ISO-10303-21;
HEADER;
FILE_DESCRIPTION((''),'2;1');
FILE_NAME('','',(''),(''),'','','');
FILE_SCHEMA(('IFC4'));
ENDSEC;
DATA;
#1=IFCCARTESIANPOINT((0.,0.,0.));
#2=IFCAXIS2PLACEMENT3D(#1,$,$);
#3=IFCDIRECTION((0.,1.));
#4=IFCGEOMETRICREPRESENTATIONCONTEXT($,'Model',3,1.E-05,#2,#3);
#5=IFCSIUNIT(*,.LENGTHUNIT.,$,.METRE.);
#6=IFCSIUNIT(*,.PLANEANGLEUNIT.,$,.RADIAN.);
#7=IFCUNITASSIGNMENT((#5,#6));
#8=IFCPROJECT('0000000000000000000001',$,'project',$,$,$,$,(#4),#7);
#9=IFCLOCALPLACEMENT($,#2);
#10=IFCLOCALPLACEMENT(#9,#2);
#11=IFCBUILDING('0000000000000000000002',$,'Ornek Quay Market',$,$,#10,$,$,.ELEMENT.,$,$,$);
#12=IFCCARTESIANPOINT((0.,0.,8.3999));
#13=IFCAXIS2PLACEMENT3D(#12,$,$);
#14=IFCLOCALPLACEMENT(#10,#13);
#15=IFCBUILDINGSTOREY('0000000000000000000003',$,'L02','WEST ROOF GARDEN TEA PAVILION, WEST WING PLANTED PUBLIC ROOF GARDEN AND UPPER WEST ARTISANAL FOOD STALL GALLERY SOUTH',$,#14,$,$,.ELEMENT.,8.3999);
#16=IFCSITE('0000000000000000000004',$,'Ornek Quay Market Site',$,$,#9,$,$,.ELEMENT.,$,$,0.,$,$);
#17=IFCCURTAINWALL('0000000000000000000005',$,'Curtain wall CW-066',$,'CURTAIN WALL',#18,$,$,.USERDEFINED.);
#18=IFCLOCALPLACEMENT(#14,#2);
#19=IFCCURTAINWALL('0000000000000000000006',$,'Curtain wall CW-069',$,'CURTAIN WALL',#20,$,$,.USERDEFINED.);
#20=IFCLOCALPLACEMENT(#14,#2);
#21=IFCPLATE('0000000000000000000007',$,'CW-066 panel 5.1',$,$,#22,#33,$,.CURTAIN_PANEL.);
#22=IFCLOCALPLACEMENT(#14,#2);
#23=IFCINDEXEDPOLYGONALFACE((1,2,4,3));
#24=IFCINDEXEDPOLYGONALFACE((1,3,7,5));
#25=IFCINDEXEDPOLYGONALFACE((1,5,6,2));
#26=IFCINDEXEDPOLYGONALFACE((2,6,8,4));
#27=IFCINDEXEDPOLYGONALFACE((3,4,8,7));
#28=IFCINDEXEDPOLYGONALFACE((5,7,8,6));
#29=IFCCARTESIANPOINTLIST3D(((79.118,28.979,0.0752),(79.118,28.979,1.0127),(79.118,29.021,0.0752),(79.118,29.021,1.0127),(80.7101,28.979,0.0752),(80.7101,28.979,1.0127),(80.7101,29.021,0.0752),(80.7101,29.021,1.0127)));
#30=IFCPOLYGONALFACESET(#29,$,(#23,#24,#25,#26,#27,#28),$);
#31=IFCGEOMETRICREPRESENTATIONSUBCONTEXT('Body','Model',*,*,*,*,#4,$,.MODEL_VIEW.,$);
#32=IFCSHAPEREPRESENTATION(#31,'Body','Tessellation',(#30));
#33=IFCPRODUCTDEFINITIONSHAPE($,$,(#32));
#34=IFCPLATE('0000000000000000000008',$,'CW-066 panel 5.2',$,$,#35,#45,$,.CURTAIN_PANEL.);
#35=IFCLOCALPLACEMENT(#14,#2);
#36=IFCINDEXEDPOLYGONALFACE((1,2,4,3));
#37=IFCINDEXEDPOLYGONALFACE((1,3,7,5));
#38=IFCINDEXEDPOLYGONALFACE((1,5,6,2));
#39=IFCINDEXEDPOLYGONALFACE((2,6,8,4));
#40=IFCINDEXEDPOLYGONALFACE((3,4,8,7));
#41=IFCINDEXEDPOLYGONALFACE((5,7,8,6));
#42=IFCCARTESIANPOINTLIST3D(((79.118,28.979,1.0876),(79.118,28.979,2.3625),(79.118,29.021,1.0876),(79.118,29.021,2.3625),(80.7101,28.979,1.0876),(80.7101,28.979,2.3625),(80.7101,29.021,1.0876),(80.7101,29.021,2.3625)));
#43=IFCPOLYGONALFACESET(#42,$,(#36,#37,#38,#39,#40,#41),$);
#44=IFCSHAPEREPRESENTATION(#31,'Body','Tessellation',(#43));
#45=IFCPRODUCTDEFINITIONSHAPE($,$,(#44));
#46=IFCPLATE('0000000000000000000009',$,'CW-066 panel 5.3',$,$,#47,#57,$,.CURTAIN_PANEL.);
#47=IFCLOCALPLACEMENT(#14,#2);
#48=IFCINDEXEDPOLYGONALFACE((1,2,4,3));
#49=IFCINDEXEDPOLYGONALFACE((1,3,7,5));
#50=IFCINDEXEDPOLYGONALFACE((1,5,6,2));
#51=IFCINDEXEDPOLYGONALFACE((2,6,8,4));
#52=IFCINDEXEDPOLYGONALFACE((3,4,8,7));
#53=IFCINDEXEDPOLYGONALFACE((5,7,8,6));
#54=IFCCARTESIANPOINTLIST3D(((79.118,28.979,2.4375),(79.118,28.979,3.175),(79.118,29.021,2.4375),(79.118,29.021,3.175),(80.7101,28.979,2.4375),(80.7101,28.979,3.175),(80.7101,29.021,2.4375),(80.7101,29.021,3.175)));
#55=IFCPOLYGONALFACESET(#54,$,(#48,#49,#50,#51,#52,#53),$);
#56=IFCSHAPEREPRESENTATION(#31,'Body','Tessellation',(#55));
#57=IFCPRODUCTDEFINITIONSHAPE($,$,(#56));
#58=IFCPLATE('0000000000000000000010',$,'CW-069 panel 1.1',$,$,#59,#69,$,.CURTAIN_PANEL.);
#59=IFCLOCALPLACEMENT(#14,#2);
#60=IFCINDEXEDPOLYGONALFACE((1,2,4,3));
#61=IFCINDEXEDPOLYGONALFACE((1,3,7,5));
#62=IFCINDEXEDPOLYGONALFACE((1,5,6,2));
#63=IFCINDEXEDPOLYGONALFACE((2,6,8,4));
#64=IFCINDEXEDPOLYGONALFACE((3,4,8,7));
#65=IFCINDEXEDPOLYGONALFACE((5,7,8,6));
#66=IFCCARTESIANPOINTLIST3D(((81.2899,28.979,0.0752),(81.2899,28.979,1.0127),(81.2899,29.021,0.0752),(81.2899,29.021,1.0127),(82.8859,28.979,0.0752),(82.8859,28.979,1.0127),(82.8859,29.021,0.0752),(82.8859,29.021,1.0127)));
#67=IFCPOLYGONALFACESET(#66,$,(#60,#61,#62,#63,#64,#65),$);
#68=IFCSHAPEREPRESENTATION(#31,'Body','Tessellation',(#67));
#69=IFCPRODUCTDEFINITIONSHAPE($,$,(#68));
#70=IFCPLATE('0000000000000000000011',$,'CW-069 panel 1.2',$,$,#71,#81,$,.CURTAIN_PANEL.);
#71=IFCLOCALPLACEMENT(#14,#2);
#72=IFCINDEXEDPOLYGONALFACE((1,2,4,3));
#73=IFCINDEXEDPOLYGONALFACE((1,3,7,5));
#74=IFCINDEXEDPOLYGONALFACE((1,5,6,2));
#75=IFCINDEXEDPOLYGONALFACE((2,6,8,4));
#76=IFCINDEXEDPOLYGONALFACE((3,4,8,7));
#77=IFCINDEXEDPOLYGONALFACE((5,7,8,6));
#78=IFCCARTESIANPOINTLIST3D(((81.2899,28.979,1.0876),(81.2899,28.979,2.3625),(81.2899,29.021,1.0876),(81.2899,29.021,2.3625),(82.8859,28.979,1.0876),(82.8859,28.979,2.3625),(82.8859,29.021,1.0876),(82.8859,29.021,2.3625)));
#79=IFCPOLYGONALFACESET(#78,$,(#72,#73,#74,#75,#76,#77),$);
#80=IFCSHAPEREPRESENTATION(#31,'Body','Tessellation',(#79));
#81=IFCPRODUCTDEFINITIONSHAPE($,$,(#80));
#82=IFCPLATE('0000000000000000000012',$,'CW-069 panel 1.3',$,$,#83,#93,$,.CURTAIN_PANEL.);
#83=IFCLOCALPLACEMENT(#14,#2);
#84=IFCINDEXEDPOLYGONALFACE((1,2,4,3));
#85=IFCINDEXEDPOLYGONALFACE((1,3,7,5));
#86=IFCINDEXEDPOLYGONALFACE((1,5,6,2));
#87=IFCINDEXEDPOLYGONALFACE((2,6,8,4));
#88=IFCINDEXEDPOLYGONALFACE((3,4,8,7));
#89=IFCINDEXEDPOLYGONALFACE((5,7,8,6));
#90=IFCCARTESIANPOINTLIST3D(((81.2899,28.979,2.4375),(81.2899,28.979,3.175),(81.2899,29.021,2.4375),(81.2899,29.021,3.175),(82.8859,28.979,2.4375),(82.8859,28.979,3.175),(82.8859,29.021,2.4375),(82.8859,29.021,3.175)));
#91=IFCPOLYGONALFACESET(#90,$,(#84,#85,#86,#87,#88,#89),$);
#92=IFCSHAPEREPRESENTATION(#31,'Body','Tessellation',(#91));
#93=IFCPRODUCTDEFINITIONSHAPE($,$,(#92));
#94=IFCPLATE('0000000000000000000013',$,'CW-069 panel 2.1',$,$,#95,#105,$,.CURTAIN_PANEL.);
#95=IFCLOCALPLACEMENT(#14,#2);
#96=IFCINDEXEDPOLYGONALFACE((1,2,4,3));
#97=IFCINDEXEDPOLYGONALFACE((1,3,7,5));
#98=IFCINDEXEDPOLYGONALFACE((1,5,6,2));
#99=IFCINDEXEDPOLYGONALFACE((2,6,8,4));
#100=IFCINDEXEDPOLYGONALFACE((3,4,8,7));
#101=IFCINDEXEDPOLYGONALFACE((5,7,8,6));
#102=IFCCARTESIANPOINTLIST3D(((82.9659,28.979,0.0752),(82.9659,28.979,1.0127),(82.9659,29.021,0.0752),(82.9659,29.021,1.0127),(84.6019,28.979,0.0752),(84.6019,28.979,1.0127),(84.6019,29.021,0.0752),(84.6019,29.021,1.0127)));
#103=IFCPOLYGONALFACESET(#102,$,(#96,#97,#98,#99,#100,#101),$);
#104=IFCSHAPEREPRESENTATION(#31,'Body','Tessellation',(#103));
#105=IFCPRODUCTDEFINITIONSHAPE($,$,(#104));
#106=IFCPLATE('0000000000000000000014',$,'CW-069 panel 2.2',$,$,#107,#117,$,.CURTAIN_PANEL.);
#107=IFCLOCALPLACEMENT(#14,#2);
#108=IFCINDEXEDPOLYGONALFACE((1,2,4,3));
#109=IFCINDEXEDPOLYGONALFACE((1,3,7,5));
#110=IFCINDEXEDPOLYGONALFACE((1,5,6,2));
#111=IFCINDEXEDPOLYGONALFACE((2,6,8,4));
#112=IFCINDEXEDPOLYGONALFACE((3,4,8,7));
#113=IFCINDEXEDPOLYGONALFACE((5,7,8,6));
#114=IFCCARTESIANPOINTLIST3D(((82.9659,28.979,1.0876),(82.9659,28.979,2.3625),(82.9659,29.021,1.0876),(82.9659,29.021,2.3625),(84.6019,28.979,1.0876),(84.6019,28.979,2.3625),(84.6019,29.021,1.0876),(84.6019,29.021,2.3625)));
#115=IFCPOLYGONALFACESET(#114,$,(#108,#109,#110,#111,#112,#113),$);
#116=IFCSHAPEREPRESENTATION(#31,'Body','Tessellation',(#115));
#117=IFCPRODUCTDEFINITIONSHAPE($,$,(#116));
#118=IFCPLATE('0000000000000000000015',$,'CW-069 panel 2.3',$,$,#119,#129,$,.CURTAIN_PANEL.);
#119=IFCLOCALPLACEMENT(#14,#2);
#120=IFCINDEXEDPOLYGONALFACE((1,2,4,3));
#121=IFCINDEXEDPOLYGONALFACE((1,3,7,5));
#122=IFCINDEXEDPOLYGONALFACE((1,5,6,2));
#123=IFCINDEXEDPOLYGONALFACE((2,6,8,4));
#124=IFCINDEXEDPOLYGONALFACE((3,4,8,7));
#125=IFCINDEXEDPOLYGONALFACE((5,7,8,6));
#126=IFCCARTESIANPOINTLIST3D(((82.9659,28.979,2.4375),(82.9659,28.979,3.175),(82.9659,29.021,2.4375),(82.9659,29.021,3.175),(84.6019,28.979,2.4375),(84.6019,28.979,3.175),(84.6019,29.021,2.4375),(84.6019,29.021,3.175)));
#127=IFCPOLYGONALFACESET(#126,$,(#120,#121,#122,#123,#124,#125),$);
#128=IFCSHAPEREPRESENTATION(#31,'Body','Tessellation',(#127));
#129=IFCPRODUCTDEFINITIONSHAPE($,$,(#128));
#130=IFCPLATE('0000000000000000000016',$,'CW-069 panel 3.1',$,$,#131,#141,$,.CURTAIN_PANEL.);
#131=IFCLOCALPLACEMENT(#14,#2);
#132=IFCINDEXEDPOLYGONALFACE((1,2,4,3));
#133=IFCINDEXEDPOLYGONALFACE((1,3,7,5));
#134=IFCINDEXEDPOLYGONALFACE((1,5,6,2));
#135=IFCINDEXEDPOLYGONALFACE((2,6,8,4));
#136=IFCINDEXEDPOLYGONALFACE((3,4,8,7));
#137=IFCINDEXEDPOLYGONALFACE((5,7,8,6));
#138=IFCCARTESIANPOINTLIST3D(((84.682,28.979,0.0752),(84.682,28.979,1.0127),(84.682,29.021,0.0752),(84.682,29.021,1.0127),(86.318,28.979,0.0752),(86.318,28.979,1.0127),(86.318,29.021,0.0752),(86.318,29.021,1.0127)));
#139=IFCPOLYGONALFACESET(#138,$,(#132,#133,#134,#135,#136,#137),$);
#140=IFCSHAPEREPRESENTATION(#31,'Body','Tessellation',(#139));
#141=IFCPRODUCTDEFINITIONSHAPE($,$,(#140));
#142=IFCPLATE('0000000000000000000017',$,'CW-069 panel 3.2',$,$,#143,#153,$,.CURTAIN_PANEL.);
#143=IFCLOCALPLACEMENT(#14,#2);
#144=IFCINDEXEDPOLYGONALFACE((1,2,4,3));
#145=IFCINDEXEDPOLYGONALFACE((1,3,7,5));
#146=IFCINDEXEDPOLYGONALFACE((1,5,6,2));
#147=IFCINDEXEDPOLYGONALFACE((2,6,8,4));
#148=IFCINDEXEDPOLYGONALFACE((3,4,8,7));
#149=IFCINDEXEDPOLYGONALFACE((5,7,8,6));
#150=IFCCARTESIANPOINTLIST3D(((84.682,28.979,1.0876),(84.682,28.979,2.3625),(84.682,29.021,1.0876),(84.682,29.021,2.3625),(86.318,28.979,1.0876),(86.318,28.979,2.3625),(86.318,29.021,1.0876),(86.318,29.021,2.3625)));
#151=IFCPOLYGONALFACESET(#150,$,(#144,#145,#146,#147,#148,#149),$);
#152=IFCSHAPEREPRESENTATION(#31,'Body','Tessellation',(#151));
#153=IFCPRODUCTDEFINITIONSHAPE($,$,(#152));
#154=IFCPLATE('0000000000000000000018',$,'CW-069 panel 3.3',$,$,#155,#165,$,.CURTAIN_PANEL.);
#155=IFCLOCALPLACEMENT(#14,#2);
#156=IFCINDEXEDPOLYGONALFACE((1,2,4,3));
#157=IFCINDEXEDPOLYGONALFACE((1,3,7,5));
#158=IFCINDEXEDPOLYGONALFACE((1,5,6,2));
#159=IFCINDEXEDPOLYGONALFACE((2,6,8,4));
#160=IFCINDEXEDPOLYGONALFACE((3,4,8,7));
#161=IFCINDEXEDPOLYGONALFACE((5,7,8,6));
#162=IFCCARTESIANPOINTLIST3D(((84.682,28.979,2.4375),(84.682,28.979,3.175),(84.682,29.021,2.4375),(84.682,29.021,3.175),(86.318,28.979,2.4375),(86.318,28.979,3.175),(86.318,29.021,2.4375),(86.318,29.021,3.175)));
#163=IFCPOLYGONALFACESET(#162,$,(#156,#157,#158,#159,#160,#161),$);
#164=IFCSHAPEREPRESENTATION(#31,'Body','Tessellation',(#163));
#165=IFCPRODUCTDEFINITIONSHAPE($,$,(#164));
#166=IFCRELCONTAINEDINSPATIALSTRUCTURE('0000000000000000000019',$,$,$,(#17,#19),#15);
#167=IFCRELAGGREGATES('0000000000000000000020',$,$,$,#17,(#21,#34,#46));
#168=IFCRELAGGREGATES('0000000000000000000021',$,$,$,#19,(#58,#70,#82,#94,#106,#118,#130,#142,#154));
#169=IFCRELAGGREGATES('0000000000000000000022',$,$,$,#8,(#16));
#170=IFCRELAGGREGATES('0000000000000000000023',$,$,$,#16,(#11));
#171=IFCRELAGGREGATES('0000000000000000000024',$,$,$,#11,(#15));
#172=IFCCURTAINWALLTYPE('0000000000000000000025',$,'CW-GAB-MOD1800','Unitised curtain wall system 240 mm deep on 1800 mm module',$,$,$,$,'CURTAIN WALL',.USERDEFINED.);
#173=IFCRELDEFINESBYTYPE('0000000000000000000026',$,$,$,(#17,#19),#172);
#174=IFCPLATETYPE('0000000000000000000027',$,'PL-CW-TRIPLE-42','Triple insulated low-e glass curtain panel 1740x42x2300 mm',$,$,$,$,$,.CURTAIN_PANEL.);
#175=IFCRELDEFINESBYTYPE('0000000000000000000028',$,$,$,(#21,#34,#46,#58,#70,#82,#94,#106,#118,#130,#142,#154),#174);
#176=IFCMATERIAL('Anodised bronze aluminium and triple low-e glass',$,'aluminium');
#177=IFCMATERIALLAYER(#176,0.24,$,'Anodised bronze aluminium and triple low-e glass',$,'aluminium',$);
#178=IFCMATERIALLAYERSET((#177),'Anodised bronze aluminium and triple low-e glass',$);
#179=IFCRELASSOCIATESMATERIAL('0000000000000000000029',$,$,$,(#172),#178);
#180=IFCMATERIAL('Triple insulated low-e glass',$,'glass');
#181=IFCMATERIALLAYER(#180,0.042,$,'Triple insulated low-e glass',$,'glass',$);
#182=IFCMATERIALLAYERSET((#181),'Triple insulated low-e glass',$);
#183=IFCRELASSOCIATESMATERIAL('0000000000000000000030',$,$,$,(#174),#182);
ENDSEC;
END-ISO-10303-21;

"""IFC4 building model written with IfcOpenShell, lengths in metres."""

from ifc_helpers import new_model, si_unit, direction, frame, origin, origin_2d, place, context, subcontext, project, spatial, rectangle, extrude, material, layer, layer_set, type_object, element, aggregate, save


model = new_model("IFC4")

# Units and contexts
model_context = context("Model", 3, precision=1e-05, world=origin(), true_north=direction((0.0, 1.0)))
body_context = subcontext(model_context, "Body", "Model", "MODEL_VIEW")
ifc_project = project(units=[si_unit("LENGTHUNIT", "METRE"), si_unit("PLANEANGLEUNIT", "RADIAN")], contexts=[model_context])

# Site, building, storey
site_placement = place(None, origin())
site = spatial("IfcSite", under=ifc_project, at=site_placement, Name="Ornek Quay Market Site", CompositionType="ELEMENT", RefElevation=0.0)
building_placement = place(site_placement, origin())
building = spatial("IfcBuilding", under=site, at=building_placement, Name="Ornek Quay Market", CompositionType="ELEMENT")
storey_placement = place(building_placement, frame((0.0, 0.0, 8.3999)))
storey = spatial("IfcBuildingStorey", under=building, at=storey_placement, Name="L02", Description="WEST ROOF GARDEN TEA PAVILION, WEST WING PLANTED PUBLIC ROOF GARDEN AND UPPER WEST ARTISANAL FOOD STALL GALLERY SOUTH", CompositionType="ELEMENT", Elevation=8.3999)

# Curtain wall
ifc_material_1 = material(Name="Anodised bronze aluminium and triple low-e glass", Category="aluminium")
ifc_layer_1 = layer(ifc_material_1, 0.24, Name="Anodised bronze aluminium and triple low-e glass", Category="aluminium")
ifc_layer_set_1 = layer_set([ifc_layer_1], Name="Anodised bronze aluminium and triple low-e glass")
curtain_wall_type = type_object("IfcCurtainWallType", Name="CW-GAB-MOD1800", Description="Unitised curtain wall system 240 mm deep on 1800 mm module", ElementType="CURTAIN WALL", PredefinedType="USERDEFINED", material=ifc_layer_set_1)
curtain_wall_1_placement = place(storey_placement, origin())
curtain_wall_1 = element("IfcCurtainWall", 1, at=curtain_wall_1_placement, inside=storey, type_object=curtain_wall_type, Name="Curtain wall CW-066", ObjectType="CURTAIN WALL", PredefinedType="USERDEFINED")

# Curtain wall
curtain_wall_2_placement = place(storey_placement, origin())
curtain_wall_2 = element("IfcCurtainWall", 2, at=curtain_wall_2_placement, inside=storey, type_object=curtain_wall_type, Name="Curtain wall CW-069", ObjectType="CURTAIN WALL", PredefinedType="USERDEFINED")

# Plates
ifc_material_2 = material(Name="Triple insulated low-e glass", Category="glass")
ifc_layer_2 = layer(ifc_material_2, 0.042, Name="Triple insulated low-e glass", Category="glass")
ifc_layer_set_2 = layer_set([ifc_layer_2], Name="Triple insulated low-e glass")
plate_type = type_object("IfcPlateType", Name="PL-CW-TRIPLE-42", Description="Triple insulated low-e glass curtain panel 1740x42x2300 mm", PredefinedType="CURTAIN_PANEL", material=ifc_layer_set_2)
plate_1_placement = place(storey_placement, frame((79.9141, 29.0, 0.0752), z_axis=(0.0, 0.0, 1.0), x_axis=(1.0, 0.0, 0.0)))
plate_1 = element("IfcPlate", 3, at=plate_1_placement, type_object=plate_type, Name="CW-066 panel 5.1", PredefinedType="CURTAIN_PANEL", context=body_context, shape_type="SweptSolid", body=[
    extrude(rectangle(XDim=1.592, YDim=0.042, at=origin_2d()), origin(), (0.0, 0.0, 1.0), 0.9375),
])
plate_2_placement = place(storey_placement, frame((79.9141, 29.0, 1.0876), z_axis=(0.0, 0.0, 1.0), x_axis=(1.0, 0.0, 0.0)))
plate_2 = element("IfcPlate", 4, at=plate_2_placement, type_object=plate_type, Name="CW-066 panel 5.2", PredefinedType="CURTAIN_PANEL", context=body_context, shape_type="SweptSolid", body=[
    extrude(rectangle(XDim=1.592, YDim=0.042, at=origin_2d()), origin(), (0.0, 0.0, 1.0), 1.2749),
])
plate_3_placement = place(storey_placement, frame((79.9141, 29.0, 2.4375), z_axis=(0.0, 0.0, 1.0), x_axis=(1.0, 0.0, 0.0)))
plate_3 = element("IfcPlate", 5, at=plate_3_placement, type_object=plate_type, Name="CW-066 panel 5.3", PredefinedType="CURTAIN_PANEL", context=body_context, shape_type="SweptSolid", body=[
    extrude(rectangle(XDim=1.592, YDim=0.042, at=origin_2d()), origin(), (0.0, 0.0, 1.0), 0.7375),
])
aggregate(curtain_wall_1, [plate_1, plate_2, plate_3])
plate_4_placement = place(storey_placement, frame((82.0879, 29.0, 0.0752), z_axis=(0.0, 0.0, 1.0), x_axis=(1.0, 0.0, 0.0)))
plate_4 = element("IfcPlate", 6, at=plate_4_placement, type_object=plate_type, Name="CW-069 panel 1.1", PredefinedType="CURTAIN_PANEL", context=body_context, shape_type="SweptSolid", body=[
    extrude(rectangle(XDim=1.5959, YDim=0.042, at=origin_2d()), origin(), (0.0, 0.0, 1.0), 0.9375),
])
plate_5_placement = place(storey_placement, frame((82.0879, 29.0, 1.0876), z_axis=(0.0, 0.0, 1.0), x_axis=(1.0, 0.0, 0.0)))
plate_5 = element("IfcPlate", 7, at=plate_5_placement, type_object=plate_type, Name="CW-069 panel 1.2", PredefinedType="CURTAIN_PANEL", context=body_context, shape_type="SweptSolid", body=[
    extrude(rectangle(XDim=1.5959, YDim=0.042, at=origin_2d()), origin(), (0.0, 0.0, 1.0), 1.2749),
])
plate_6_placement = place(storey_placement, frame((82.0879, 29.0, 2.4375), z_axis=(0.0, 0.0, 1.0), x_axis=(1.0, 0.0, 0.0)))
plate_6 = element("IfcPlate", 8, at=plate_6_placement, type_object=plate_type, Name="CW-069 panel 1.3", PredefinedType="CURTAIN_PANEL", context=body_context, shape_type="SweptSolid", body=[
    extrude(rectangle(XDim=1.5959, YDim=0.042, at=origin_2d()), origin(), (0.0, 0.0, 1.0), 0.7375),
])
plate_7_placement = place(storey_placement, frame((83.7839, 29.0, 0.0752), z_axis=(0.0, 0.0, 1.0), x_axis=(1.0, 0.0, 0.0)))
plate_7 = element("IfcPlate", 9, at=plate_7_placement, type_object=plate_type, Name="CW-069 panel 2.1", PredefinedType="CURTAIN_PANEL", context=body_context, shape_type="SweptSolid", body=[
    extrude(rectangle(XDim=1.636, YDim=0.042, at=origin_2d()), origin(), (0.0, 0.0, 1.0), 0.9375),
])
plate_8_placement = place(storey_placement, frame((83.7839, 29.0, 1.0876), z_axis=(0.0, 0.0, 1.0), x_axis=(1.0, 0.0, 0.0)))
plate_8 = element("IfcPlate", 10, at=plate_8_placement, type_object=plate_type, Name="CW-069 panel 2.2", PredefinedType="CURTAIN_PANEL", context=body_context, shape_type="SweptSolid", body=[
    extrude(rectangle(XDim=1.636, YDim=0.042, at=origin_2d()), origin(), (0.0, 0.0, 1.0), 1.2749),
])
plate_9_placement = place(storey_placement, frame((83.7839, 29.0, 2.4375), z_axis=(0.0, 0.0, 1.0), x_axis=(1.0, 0.0, 0.0)))
plate_9 = element("IfcPlate", 11, at=plate_9_placement, type_object=plate_type, Name="CW-069 panel 2.3", PredefinedType="CURTAIN_PANEL", context=body_context, shape_type="SweptSolid", body=[
    extrude(rectangle(XDim=1.636, YDim=0.042, at=origin_2d()), origin(), (0.0, 0.0, 1.0), 0.7375),
])
plate_10_placement = place(storey_placement, frame((85.5, 29.0, 0.0752), z_axis=(0.0, 0.0, 1.0), x_axis=(1.0, 0.0, 0.0)))
plate_10 = element("IfcPlate", 12, at=plate_10_placement, type_object=plate_type, Name="CW-069 panel 3.1", PredefinedType="CURTAIN_PANEL", context=body_context, shape_type="SweptSolid", body=[
    extrude(rectangle(XDim=1.636, YDim=0.042, at=origin_2d()), origin(), (0.0, 0.0, 1.0), 0.9375),
])
plate_11_placement = place(storey_placement, frame((85.5, 29.0, 1.0876), z_axis=(0.0, 0.0, 1.0), x_axis=(1.0, 0.0, 0.0)))
plate_11 = element("IfcPlate", 13, at=plate_11_placement, type_object=plate_type, Name="CW-069 panel 3.2", PredefinedType="CURTAIN_PANEL", context=body_context, shape_type="SweptSolid", body=[
    extrude(rectangle(XDim=1.636, YDim=0.042, at=origin_2d()), origin(), (0.0, 0.0, 1.0), 1.2749),
])
plate_12_placement = place(storey_placement, frame((85.5, 29.0, 2.4375), z_axis=(0.0, 0.0, 1.0), x_axis=(1.0, 0.0, 0.0)))
plate_12 = element("IfcPlate", 14, at=plate_12_placement, type_object=plate_type, Name="CW-069 panel 3.3", PredefinedType="CURTAIN_PANEL", context=body_context, shape_type="SweptSolid", body=[
    extrude(rectangle(XDim=1.636, YDim=0.042, at=origin_2d()), origin(), (0.0, 0.0, 1.0), 0.7375),
])
aggregate(curtain_wall_2, [plate_4, plate_5, plate_6, plate_7, plate_8, plate_9, plate_10, plate_11, plate_12])

save(model, "model.ifc")
